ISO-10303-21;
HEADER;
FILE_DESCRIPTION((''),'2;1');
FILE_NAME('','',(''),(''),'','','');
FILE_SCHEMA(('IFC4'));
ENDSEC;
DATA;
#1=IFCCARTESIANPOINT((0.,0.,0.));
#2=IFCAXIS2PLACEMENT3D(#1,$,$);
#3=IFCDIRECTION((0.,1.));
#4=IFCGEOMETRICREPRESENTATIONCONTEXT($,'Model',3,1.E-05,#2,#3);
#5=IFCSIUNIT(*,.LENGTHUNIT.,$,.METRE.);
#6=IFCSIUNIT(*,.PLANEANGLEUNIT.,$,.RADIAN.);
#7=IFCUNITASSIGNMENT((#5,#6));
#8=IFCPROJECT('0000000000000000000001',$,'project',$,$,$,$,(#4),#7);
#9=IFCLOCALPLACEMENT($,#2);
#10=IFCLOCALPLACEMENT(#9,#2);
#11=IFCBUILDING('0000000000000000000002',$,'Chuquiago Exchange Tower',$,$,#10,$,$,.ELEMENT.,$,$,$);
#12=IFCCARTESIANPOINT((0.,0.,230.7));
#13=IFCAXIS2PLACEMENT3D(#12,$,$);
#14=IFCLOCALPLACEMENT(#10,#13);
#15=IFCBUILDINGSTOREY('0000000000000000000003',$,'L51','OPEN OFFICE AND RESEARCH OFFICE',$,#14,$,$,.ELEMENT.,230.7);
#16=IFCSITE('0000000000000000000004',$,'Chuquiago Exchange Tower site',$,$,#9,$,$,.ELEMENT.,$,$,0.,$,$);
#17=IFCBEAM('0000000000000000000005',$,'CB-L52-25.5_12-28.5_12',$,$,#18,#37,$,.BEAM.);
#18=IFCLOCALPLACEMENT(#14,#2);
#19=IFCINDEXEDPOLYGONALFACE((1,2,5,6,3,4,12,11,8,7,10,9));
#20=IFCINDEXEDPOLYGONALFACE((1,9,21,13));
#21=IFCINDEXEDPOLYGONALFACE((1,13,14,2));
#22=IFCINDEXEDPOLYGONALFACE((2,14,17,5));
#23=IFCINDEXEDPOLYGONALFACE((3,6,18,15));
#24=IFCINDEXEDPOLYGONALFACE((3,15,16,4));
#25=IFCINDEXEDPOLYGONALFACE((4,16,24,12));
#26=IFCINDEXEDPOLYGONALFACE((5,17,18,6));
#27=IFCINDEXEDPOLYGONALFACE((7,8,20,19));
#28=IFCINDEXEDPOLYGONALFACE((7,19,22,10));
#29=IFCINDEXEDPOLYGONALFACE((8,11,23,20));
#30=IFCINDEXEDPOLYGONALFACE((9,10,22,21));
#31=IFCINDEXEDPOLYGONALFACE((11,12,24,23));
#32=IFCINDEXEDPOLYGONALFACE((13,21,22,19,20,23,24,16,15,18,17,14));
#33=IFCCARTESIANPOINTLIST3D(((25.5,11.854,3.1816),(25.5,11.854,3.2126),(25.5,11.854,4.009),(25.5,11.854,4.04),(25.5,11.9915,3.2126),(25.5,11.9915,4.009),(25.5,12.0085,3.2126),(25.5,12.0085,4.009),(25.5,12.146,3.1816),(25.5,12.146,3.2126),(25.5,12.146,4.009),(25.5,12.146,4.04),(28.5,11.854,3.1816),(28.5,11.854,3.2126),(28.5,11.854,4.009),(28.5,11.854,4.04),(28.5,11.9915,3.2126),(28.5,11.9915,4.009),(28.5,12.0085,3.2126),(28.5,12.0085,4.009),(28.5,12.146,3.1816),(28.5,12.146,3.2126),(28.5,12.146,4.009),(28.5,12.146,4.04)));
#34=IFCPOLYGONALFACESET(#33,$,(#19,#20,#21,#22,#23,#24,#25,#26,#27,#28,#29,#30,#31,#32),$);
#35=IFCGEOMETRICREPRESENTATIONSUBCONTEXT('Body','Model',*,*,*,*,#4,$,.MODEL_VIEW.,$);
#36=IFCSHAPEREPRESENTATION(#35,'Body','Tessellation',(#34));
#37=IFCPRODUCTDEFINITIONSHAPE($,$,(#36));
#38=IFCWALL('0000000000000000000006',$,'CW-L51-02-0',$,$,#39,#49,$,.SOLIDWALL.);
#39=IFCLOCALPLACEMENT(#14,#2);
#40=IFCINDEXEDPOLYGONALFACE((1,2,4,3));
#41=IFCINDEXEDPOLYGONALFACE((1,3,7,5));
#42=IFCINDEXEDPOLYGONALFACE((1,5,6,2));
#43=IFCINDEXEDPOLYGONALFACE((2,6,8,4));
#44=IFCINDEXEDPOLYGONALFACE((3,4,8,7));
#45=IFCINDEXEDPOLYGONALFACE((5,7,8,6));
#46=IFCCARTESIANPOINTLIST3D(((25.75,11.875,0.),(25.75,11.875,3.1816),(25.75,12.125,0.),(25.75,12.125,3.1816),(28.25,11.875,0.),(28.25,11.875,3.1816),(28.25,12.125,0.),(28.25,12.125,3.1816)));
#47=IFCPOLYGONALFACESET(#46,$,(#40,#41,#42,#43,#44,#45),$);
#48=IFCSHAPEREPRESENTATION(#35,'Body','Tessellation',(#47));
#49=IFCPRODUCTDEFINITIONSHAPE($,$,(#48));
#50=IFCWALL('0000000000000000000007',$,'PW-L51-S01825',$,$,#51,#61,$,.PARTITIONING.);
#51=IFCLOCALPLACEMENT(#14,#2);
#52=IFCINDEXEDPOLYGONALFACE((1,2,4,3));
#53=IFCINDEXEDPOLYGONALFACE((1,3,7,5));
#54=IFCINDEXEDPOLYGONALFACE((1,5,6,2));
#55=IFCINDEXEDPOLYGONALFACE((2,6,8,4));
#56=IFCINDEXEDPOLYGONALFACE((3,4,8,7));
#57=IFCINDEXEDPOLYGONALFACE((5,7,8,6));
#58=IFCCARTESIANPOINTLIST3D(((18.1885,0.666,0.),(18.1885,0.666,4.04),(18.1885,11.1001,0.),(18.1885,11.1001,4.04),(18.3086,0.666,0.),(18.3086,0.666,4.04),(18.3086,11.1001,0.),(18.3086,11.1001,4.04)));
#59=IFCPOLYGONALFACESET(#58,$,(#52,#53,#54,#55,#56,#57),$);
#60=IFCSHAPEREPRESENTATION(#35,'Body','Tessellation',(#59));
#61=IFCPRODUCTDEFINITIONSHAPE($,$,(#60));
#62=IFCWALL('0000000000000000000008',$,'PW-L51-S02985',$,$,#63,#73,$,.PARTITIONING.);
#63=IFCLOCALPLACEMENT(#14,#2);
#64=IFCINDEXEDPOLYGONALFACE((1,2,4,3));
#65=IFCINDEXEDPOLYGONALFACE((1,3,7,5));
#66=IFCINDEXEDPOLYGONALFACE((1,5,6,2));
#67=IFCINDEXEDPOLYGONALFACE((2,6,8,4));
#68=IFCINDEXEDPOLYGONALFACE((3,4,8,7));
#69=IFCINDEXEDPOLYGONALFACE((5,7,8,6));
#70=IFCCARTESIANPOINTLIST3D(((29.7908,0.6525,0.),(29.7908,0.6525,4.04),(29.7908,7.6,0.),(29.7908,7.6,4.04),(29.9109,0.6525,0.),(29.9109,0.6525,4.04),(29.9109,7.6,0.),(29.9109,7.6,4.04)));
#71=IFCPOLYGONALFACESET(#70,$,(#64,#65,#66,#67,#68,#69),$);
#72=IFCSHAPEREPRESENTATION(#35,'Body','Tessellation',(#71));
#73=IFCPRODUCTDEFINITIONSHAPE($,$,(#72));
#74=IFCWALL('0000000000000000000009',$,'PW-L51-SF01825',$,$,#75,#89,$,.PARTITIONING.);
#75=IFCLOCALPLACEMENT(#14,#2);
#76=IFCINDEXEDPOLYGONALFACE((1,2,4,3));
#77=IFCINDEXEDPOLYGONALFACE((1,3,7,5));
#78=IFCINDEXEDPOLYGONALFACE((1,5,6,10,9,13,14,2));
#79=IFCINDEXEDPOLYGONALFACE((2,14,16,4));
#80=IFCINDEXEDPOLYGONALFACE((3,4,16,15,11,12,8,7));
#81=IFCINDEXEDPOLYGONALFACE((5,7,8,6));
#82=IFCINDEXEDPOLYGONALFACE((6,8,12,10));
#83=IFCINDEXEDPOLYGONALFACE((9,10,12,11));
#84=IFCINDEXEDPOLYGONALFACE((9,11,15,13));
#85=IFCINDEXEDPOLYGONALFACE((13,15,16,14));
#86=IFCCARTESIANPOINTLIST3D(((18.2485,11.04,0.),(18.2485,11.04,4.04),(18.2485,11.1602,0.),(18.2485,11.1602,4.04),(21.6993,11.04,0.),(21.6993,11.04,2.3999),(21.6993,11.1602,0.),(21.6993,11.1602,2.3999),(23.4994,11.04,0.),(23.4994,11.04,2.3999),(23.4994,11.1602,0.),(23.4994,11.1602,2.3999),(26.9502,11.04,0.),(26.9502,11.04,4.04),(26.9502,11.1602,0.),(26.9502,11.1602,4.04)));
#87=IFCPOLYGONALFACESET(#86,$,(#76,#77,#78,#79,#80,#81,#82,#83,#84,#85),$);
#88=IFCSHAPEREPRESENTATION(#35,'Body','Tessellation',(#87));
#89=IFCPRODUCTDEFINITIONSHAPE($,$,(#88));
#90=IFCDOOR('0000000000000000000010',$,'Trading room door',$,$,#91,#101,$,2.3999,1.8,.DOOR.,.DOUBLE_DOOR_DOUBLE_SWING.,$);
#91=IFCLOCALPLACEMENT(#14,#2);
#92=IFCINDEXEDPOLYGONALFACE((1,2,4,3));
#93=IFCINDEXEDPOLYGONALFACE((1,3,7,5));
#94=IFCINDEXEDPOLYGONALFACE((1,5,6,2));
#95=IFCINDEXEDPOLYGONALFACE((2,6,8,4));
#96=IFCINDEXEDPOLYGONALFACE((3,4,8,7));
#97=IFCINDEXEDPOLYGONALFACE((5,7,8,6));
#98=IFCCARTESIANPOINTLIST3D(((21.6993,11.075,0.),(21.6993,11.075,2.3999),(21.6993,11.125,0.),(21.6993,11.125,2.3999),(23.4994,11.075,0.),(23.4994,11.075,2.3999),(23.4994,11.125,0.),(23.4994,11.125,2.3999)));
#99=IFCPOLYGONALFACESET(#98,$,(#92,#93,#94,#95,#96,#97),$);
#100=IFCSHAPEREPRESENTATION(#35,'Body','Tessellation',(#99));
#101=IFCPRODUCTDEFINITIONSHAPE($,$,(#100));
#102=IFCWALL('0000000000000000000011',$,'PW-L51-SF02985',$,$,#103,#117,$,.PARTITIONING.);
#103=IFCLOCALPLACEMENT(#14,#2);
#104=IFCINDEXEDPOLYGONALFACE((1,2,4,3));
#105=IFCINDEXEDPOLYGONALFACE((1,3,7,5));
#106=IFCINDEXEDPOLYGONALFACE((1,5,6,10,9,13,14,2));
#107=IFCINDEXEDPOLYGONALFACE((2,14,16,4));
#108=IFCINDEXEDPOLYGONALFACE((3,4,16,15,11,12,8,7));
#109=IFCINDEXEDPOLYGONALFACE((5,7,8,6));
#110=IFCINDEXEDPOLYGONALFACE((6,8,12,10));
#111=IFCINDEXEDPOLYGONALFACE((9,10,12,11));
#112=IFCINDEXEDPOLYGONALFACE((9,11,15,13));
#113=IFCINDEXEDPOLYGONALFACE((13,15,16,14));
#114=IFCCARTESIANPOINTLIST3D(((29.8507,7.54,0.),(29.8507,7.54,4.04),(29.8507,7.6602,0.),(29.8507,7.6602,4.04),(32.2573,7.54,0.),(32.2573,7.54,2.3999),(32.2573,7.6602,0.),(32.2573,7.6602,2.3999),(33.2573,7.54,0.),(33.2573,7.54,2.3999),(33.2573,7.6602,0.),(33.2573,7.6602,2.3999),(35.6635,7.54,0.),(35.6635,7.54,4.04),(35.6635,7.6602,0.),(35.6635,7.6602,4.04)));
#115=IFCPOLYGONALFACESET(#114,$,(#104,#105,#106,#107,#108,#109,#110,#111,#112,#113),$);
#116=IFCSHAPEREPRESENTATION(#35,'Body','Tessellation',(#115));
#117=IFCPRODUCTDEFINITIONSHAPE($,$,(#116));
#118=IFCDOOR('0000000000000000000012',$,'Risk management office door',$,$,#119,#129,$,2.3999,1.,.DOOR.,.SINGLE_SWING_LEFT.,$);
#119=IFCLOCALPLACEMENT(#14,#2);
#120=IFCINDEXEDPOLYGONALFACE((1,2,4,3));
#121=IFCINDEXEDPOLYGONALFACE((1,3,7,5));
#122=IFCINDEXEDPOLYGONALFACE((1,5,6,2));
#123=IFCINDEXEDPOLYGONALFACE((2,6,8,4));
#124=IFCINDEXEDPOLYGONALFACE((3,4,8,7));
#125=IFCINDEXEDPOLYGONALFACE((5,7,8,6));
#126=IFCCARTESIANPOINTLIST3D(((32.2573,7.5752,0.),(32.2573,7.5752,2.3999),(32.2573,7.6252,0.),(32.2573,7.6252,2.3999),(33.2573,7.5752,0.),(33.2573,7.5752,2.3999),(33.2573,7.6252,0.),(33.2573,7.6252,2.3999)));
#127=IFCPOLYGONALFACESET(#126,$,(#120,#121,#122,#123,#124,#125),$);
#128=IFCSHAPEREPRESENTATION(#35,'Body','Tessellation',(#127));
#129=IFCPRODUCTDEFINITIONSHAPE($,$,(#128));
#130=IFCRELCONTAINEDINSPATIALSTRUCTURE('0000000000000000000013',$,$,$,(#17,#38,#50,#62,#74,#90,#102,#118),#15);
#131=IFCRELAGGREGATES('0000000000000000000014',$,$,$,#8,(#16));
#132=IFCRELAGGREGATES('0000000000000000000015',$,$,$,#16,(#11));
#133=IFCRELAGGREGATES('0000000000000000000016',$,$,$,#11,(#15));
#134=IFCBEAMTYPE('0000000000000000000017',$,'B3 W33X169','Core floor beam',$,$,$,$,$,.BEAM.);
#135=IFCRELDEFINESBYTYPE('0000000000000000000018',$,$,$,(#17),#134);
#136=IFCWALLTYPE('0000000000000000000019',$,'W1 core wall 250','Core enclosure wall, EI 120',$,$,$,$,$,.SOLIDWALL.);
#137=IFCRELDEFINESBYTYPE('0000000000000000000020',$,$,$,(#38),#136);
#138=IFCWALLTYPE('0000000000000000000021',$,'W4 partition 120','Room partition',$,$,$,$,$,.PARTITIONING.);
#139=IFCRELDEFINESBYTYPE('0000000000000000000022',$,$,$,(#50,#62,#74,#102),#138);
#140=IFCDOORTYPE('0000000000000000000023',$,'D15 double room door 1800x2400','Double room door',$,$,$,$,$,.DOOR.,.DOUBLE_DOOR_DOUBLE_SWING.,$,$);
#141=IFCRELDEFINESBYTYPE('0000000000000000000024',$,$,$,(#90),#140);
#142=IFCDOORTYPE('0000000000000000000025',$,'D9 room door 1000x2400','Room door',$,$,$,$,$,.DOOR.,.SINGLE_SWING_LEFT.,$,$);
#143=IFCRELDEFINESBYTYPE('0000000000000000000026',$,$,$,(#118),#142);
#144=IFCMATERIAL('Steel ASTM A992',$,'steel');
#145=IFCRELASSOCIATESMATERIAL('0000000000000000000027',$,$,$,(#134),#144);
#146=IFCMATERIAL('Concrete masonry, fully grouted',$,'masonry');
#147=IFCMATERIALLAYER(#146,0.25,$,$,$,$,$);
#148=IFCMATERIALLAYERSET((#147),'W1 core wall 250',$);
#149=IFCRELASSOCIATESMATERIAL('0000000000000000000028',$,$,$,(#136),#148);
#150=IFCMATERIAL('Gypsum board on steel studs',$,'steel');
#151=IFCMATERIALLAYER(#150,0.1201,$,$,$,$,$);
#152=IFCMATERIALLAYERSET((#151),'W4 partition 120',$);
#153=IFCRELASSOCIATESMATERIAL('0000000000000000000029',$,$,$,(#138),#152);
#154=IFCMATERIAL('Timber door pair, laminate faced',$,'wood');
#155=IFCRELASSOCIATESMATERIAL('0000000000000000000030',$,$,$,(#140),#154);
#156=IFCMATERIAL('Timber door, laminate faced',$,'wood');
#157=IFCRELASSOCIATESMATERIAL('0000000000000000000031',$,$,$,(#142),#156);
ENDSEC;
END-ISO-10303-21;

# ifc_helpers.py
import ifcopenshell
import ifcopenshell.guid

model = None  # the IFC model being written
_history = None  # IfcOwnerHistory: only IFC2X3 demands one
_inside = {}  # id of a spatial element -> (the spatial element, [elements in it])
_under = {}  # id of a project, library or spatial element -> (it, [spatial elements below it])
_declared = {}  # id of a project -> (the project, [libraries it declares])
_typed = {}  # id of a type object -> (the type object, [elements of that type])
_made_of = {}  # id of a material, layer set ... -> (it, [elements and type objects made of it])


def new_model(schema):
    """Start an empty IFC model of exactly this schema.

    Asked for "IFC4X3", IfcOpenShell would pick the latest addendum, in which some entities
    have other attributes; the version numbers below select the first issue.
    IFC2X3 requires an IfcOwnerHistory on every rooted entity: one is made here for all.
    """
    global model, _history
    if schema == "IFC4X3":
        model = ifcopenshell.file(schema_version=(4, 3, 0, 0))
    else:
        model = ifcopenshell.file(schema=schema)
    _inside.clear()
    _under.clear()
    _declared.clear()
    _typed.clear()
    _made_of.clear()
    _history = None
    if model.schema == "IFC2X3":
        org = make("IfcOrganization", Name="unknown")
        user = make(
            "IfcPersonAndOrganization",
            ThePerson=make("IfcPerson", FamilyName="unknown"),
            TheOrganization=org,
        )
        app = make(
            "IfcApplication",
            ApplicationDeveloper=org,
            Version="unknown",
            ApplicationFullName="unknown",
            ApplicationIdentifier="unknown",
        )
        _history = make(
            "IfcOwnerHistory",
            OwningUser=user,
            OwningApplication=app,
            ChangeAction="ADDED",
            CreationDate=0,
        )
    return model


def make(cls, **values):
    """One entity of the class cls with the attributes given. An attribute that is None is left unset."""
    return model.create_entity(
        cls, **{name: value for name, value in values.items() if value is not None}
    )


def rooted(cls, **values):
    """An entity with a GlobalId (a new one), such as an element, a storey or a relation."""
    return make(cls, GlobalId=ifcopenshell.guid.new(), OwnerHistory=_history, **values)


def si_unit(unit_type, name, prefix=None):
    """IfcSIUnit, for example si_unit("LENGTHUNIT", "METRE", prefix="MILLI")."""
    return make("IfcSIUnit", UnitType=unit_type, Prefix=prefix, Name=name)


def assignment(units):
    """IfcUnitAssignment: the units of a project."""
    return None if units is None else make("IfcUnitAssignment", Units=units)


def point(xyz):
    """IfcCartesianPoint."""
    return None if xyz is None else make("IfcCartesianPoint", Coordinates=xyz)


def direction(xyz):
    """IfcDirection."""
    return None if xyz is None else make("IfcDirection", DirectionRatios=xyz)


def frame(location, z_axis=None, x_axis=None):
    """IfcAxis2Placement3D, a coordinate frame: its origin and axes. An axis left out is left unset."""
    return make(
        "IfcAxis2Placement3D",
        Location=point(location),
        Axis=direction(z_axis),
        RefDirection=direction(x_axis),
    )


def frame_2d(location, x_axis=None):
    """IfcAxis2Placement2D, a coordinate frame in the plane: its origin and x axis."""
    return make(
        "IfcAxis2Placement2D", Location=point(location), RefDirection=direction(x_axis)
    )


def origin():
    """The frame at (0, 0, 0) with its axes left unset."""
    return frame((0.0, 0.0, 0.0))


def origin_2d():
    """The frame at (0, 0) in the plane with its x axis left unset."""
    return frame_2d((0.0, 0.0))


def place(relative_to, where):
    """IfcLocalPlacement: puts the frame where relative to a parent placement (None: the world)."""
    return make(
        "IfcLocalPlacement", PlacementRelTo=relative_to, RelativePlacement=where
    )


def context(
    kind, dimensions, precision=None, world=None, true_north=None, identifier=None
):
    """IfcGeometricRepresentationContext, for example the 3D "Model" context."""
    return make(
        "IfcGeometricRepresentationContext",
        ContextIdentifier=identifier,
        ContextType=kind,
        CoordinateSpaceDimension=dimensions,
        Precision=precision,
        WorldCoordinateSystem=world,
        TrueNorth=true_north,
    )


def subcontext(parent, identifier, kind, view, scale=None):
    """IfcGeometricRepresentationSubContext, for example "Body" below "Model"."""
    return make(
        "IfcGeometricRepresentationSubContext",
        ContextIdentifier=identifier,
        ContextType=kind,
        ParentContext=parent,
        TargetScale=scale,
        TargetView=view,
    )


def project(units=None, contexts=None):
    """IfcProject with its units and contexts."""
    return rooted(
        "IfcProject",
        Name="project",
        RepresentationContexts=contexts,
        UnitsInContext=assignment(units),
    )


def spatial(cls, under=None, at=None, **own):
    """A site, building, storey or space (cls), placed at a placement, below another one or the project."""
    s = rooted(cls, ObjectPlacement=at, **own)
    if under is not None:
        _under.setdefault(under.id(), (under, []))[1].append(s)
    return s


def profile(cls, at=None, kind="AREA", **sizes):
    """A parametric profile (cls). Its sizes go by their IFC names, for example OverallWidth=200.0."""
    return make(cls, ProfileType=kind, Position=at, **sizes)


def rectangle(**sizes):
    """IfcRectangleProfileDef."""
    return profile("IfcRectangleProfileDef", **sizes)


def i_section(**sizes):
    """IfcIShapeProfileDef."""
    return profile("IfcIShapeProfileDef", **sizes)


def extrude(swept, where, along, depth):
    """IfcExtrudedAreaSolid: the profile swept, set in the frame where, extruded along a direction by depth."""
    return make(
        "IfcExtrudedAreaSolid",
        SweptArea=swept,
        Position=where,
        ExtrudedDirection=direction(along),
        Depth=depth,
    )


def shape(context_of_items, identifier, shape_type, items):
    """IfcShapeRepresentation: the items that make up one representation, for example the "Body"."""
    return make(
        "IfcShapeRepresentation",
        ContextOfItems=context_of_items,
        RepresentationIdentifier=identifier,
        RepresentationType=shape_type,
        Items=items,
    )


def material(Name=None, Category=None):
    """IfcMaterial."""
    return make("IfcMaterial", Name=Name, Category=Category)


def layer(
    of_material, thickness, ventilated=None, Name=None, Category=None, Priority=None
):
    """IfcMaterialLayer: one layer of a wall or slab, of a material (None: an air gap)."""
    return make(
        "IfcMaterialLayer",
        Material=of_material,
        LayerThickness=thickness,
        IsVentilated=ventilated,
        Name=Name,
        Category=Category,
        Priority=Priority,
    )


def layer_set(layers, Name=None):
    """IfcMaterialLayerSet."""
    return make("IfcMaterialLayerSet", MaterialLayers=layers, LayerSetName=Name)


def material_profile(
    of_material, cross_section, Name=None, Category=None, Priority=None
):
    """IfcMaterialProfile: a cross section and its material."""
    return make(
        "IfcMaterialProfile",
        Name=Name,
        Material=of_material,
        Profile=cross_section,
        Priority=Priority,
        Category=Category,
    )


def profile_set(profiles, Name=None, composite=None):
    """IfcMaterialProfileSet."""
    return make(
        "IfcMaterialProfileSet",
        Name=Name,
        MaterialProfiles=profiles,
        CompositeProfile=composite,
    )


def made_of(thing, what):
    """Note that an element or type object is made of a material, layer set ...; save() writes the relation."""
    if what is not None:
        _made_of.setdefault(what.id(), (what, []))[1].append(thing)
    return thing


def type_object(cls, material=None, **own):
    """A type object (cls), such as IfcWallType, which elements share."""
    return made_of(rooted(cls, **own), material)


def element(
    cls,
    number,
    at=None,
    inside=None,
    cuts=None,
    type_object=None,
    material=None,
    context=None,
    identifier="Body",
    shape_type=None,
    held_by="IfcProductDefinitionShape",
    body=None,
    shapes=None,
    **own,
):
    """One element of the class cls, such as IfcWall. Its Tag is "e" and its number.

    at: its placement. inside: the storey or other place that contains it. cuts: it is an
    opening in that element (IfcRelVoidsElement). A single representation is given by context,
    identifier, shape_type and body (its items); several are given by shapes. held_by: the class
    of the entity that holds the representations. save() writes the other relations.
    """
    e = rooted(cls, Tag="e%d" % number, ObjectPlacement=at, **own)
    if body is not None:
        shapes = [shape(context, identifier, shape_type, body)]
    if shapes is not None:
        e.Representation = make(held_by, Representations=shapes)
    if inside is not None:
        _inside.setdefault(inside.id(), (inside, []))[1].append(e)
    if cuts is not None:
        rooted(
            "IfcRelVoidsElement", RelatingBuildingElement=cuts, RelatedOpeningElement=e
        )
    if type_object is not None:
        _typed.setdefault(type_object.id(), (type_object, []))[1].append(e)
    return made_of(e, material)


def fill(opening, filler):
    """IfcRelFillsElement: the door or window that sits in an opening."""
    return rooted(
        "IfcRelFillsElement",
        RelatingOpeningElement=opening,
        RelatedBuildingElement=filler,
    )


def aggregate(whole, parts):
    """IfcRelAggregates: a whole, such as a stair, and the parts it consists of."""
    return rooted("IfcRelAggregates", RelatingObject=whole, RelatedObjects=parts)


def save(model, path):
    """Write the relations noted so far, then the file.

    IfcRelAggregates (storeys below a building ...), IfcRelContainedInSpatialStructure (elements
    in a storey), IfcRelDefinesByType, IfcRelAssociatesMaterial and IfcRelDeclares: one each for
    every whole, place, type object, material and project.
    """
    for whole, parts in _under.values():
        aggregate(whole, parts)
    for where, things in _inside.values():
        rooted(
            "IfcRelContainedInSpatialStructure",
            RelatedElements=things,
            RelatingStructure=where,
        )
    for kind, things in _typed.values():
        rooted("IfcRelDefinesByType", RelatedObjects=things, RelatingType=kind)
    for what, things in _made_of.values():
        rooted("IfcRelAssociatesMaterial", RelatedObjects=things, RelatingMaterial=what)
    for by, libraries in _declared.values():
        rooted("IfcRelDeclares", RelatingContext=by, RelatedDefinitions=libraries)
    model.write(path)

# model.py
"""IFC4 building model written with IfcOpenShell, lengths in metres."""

from ifc_helpers import new_model, si_unit, direction, frame, frame_2d, origin, origin_2d, place, context, subcontext, project, spatial, rectangle, i_section, extrude, material, layer, layer_set, material_profile, profile_set, type_object, element, fill, save


model = new_model("IFC4")

# Units and contexts
model_context = context("Model", 3, precision=1e-05, world=origin(), true_north=direction((0.0, 1.0)))
body_context = subcontext(model_context, "Body", "Model", "MODEL_VIEW")
ifc_project = project(units=[si_unit("LENGTHUNIT", "METRE"), si_unit("PLANEANGLEUNIT", "RADIAN")], contexts=[model_context])

# Site, building, storey
site_placement = place(None, origin())
site = spatial("IfcSite", under=ifc_project, at=site_placement, Name="Chuquiago Exchange Tower site", CompositionType="ELEMENT", RefElevation=0.0)
building_placement = place(site_placement, origin())
building = spatial("IfcBuilding", under=site, at=building_placement, Name="Chuquiago Exchange Tower", CompositionType="ELEMENT")
storey_placement = place(building_placement, frame((0.0, 0.0, 230.7)))
storey = spatial("IfcBuildingStorey", under=building, at=storey_placement, Name="L51", Description="OPEN OFFICE AND RESEARCH OFFICE", CompositionType="ELEMENT", Elevation=230.7)

# Beam
ifc_material_1 = material(Name="Steel ASTM A992", Category="steel")
ifc_material_profile_1 = material_profile(ifc_material_1, i_section(OverallWidth=0.292, OverallDepth=0.8584, WebThickness=0.0171, FlangeThickness=0.031, at=origin_2d()), Name="W33X169")
ifc_profile_set_1 = profile_set([ifc_material_profile_1], Name="Steel ASTM A992")
beam_type_1 = type_object("IfcBeamType", Name="B3 W33X169", Description="Core floor beam", PredefinedType="BEAM", material=ifc_profile_set_1)
beam_1_placement = place(storey_placement, frame((25.5, 12.0, 3.6108), z_axis=(1.0, 0.0, 0.0), x_axis=(0.0, 1.0, 0.0)))
element("IfcBeam", 1, at=beam_1_placement, inside=storey, type_object=beam_type_1, Name="CB-L52-25.5_12-28.5_12", PredefinedType="BEAM", context=body_context, shape_type="SweptSolid", body=[
    extrude(i_section(OverallWidth=0.292, OverallDepth=0.8584, WebThickness=0.0171, FlangeThickness=0.031, at=origin_2d()), origin(), (0.0, 0.0, 1.0), 3.0),
])

# Walls
ifc_material_2 = material(Name="Concrete masonry, fully grouted", Category="masonry")
ifc_layer_1 = layer(ifc_material_2, 0.25)
ifc_layer_set_1 = layer_set([ifc_layer_1], Name="W1 core wall 250")
wall_type_1 = type_object("IfcWallType", Name="W1 core wall 250", Description="Core enclosure wall, EI 120", PredefinedType="SOLIDWALL", material=ifc_layer_set_1)
wall_1_placement = place(storey_placement, frame((25.75, 12.0, 0.0), z_axis=(0.0, 0.0, 1.0), x_axis=(1.0, 0.0, 0.0)))
element("IfcWall", 2, at=wall_1_placement, inside=storey, type_object=wall_type_1, Name="CW-L51-02-0", PredefinedType="SOLIDWALL", context=body_context, shape_type="SweptSolid", body=[
    extrude(rectangle(XDim=2.5, YDim=0.25, at=frame_2d((1.25, 0.0))), origin(), (0.0, 0.0, 1.0), 3.1816),
])
ifc_material_3 = material(Name="Gypsum board on steel studs", Category="steel")
ifc_layer_2 = layer(ifc_material_3, 0.1201)
ifc_layer_set_2 = layer_set([ifc_layer_2], Name="W4 partition 120")
wall_type_2 = type_object("IfcWallType", Name="W4 partition 120", Description="Room partition", PredefinedType="PARTITIONING", material=ifc_layer_set_2)
wall_2_placement = place(storey_placement, frame((18.2485, 0.666, 0.0), z_axis=(0.0, 0.0, 1.0), x_axis=(0.0, 1.0, 0.0)))
element("IfcWall", 3, at=wall_2_placement, inside=storey, type_object=wall_type_2, Name="PW-L51-S01825", PredefinedType="PARTITIONING", context=body_context, shape_type="SweptSolid", body=[
    extrude(rectangle(XDim=10.4341, YDim=0.1201, at=frame_2d((5.217, 0.0))), origin(), (0.0, 0.0, 1.0), 4.04),
])
wall_3_placement = place(storey_placement, frame((29.8508, 0.6526, 0.0), z_axis=(0.0, 0.0, 1.0), x_axis=(0.0, 1.0, 0.0)))
element("IfcWall", 4, at=wall_3_placement, inside=storey, type_object=wall_type_2, Name="PW-L51-S02985", PredefinedType="PARTITIONING", context=body_context, shape_type="SweptSolid", body=[
    extrude(rectangle(XDim=6.9475, YDim=0.1201, at=frame_2d((3.4736, 0.0))), origin(), (0.0, 0.0, 1.0), 4.04),
])

# Walls, openings, doors
wall_4_placement = place(storey_placement, frame((18.2485, 11.1001, 0.0), z_axis=(0.0, 0.0, 1.0), x_axis=(1.0, 0.0, 0.0)))
wall_4 = element("IfcWall", 5, at=wall_4_placement, inside=storey, type_object=wall_type_2, Name="PW-L51-SF01825", PredefinedType="PARTITIONING", context=body_context, shape_type="SweptSolid", body=[
    extrude(rectangle(XDim=8.7017, YDim=0.1201, at=frame_2d((4.3508, 0.0))), origin(), (0.0, 0.0, 1.0), 4.04),
])
opening_1_placement = place(wall_4_placement, frame((3.4509, 0.0, 0.0)))
opening_1 = element("IfcOpeningElement", 6, at=opening_1_placement, cuts=wall_4, PredefinedType="OPENING", context=body_context, shape_type="SweptSolid", body=[
    extrude(rectangle(XDim=1.8, YDim=2.3999, at=frame_2d((0.8999, 1.2))), frame((0.0, 0.0701, 0.0), z_axis=(0.0, -1.0, 0.0), x_axis=(1.0, 0.0, 0.0)), (0.0, 0.0, 1.0), 0.1401),
])
ifc_material_4 = material(Name="Timber door pair, laminate faced", Category="wood")
door_type_1 = type_object("IfcDoorType", Name="D15 double room door 1800x2400", Description="Double room door", OperationType="DOUBLE_DOOR_DOUBLE_SWING", PredefinedType="DOOR", material=ifc_material_4)
door_1_placement = place(opening_1_placement, origin())
door_1 = element("IfcDoor", 7, at=door_1_placement, inside=storey, type_object=door_type_1, Name="Trading room door", OperationType="DOUBLE_DOOR_DOUBLE_SWING", OverallHeight=2.3999, OverallWidth=1.8, PredefinedType="DOOR", context=body_context, shape_type="SweptSolid", body=[
    extrude(rectangle(XDim=1.8, YDim=2.3999, at=frame_2d((0.8999, 1.2))), frame((0.0, 0.0249, 0.0), z_axis=(0.0, -1.0, 0.0), x_axis=(1.0, 0.0, 0.0)), (0.0, 0.0, 1.0), 0.05),
])
fill(opening_1, door_1)
wall_5_placement = place(storey_placement, frame((29.8508, 7.6001, 0.0), z_axis=(0.0, 0.0, 1.0), x_axis=(1.0, 0.0, 0.0)))
wall_5 = element("IfcWall", 8, at=wall_5_placement, inside=storey, type_object=wall_type_2, Name="PW-L51-SF02985", PredefinedType="PARTITIONING", context=body_context, shape_type="SweptSolid", body=[
    extrude(rectangle(XDim=5.8127, YDim=0.1201, at=frame_2d((2.9062, 0.0))), origin(), (0.0, 0.0, 1.0), 4.04),
])
opening_2_placement = place(wall_5_placement, frame((2.4065, 0.0, 0.0)))
opening_2 = element("IfcOpeningElement", 9, at=opening_2_placement, cuts=wall_5, PredefinedType="OPENING", context=body_context, shape_type="SweptSolid", body=[
    extrude(rectangle(XDim=1.0, YDim=2.3999, at=frame_2d((0.5, 1.2))), frame((0.0, 0.0701, 0.0), z_axis=(0.0, -1.0, 0.0), x_axis=(1.0, 0.0, 0.0)), (0.0, 0.0, 1.0), 0.1401),
])
ifc_material_5 = material(Name="Timber door, laminate faced", Category="wood")
door_type_2 = type_object("IfcDoorType", Name="D9 room door 1000x2400", Description="Room door", OperationType="SINGLE_SWING_LEFT", PredefinedType="DOOR", material=ifc_material_5)
door_2_placement = place(opening_2_placement, frame((1.0, 0.0, 0.0), z_axis=(0.0, 0.0, 1.0), x_axis=(-1.0, 0.0, 0.0)))
door_2 = element("IfcDoor", 10, at=door_2_placement, inside=storey, type_object=door_type_2, Name="Risk management office door", OperationType="SINGLE_SWING_LEFT", OverallHeight=2.3999, OverallWidth=1.0, PredefinedType="DOOR", context=body_context, shape_type="SweptSolid", body=[
    extrude(rectangle(XDim=1.0, YDim=2.3999, at=frame_2d((0.5, 1.2))), frame((0.0, 0.0249, 0.0), z_axis=(0.0, -1.0, 0.0), x_axis=(1.0, 0.0, 0.0)), (0.0, 0.0, 1.0), 0.05),
])
fill(opening_2, door_2)

save(model, "model.ifc")
